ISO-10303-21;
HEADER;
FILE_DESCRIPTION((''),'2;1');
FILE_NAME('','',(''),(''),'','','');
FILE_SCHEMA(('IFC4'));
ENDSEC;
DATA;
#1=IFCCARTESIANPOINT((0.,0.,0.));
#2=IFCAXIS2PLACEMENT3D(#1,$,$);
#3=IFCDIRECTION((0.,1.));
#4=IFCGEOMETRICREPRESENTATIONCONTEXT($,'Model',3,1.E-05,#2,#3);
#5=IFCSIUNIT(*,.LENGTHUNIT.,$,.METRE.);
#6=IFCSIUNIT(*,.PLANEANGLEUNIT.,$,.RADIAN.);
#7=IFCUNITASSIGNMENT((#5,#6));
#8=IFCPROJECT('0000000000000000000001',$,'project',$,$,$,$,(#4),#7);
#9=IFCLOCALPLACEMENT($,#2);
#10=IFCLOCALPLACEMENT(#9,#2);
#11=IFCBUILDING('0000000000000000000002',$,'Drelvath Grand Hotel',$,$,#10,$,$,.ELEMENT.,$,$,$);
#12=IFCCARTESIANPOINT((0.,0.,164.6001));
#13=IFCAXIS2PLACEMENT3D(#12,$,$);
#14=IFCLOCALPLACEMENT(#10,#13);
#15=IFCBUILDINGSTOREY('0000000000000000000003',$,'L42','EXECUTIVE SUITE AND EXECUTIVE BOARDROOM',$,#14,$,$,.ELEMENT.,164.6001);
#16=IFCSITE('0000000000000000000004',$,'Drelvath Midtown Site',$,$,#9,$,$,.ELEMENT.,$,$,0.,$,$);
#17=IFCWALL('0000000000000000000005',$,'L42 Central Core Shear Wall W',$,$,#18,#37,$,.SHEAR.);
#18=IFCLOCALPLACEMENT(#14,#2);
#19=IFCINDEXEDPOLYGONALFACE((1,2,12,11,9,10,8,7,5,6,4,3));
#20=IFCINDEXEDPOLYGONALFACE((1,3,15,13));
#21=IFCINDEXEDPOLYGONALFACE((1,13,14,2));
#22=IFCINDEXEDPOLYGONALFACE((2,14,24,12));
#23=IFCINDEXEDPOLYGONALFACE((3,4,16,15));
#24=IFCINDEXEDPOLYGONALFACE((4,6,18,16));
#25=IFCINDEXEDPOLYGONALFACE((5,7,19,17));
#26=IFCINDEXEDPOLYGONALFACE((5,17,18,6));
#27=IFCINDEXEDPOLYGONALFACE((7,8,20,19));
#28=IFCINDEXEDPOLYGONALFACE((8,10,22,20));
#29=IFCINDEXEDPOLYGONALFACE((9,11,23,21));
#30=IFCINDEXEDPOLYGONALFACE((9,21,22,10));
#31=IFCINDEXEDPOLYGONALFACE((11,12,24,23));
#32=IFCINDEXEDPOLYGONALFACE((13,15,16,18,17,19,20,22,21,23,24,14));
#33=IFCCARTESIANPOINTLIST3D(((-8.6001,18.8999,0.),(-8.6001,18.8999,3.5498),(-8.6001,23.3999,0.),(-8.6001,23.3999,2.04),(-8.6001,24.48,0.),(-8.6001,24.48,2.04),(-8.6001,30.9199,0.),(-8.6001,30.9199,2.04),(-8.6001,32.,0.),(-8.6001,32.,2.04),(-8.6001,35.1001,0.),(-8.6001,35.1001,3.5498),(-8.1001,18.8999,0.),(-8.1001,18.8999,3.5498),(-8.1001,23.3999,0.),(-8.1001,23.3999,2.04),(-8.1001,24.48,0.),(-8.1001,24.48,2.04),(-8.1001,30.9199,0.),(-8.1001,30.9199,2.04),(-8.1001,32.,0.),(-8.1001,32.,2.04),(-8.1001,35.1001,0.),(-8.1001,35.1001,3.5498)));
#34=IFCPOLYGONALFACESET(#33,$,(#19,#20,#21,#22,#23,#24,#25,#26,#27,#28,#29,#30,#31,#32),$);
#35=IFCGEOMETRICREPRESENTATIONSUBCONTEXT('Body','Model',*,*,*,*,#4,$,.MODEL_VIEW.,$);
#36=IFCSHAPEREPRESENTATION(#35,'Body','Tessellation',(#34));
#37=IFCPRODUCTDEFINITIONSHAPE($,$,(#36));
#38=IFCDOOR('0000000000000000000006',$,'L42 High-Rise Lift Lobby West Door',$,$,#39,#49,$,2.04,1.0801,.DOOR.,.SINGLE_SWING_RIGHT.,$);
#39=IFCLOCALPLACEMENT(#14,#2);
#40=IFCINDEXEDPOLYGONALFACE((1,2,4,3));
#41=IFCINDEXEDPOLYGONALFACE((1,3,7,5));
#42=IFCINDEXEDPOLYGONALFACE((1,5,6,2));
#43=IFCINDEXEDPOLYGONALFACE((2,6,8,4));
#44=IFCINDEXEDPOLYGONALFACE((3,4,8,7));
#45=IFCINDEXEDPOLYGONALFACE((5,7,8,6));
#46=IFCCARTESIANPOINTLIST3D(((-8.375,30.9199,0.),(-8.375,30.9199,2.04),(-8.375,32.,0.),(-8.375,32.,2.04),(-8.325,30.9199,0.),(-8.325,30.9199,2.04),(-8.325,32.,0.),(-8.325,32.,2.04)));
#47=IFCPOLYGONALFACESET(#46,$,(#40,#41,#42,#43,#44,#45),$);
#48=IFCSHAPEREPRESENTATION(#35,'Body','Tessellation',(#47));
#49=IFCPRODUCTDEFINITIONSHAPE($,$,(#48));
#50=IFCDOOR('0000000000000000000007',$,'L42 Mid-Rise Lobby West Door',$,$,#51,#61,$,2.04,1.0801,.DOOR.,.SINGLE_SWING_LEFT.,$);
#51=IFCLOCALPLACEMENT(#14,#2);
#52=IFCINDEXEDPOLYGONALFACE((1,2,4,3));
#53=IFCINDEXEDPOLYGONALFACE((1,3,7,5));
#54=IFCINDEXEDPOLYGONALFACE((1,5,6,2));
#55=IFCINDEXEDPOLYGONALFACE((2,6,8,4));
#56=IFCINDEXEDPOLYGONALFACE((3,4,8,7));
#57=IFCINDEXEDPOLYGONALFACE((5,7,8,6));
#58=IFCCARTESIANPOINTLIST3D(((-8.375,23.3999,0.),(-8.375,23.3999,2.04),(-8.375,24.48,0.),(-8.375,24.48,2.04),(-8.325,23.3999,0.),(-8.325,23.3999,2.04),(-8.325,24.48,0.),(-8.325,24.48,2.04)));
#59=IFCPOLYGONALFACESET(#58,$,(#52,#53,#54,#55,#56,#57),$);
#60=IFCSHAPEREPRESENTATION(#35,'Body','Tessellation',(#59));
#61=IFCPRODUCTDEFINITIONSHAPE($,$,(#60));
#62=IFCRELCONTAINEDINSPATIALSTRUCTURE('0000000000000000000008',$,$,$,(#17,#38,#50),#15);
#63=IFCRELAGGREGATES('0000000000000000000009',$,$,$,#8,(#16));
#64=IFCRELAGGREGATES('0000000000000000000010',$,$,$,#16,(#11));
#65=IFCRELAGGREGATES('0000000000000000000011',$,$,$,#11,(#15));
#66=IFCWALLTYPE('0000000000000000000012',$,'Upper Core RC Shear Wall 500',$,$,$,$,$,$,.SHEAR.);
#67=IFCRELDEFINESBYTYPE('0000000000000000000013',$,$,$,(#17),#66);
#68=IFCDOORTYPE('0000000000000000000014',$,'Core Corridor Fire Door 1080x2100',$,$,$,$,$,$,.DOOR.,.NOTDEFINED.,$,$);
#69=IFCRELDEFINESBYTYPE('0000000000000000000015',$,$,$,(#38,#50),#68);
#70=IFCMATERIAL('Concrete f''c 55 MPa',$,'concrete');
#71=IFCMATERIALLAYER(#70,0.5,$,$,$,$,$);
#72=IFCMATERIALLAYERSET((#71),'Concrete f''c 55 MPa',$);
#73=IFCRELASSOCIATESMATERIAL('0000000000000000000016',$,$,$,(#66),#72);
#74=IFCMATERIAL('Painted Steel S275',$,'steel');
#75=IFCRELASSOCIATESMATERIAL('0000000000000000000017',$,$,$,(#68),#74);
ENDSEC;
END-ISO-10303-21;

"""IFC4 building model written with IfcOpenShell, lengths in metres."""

from ifc_helpers import new_model, si_unit, direction, frame, frame_2d, origin, place, context, subcontext, project, spatial, rectangle, extrude, material, layer, layer_set, type_object, element, fill, save


model = new_model("IFC4")

# Units and contexts
model_context = context("Model", 3, precision=1e-05, world=origin(), true_north=direction((0.0, 1.0)))
body_context = subcontext(model_context, "Body", "Model", "MODEL_VIEW")
ifc_project = project(units=[si_unit("LENGTHUNIT", "METRE"), si_unit("PLANEANGLEUNIT", "RADIAN")], contexts=[model_context])

# Site, building, storey
site_placement = place(None, origin())
site = spatial("IfcSite", under=ifc_project, at=site_placement, Name="Drelvath Midtown Site", CompositionType="ELEMENT", RefElevation=0.0)
building_placement = place(site_placement, origin())
building = spatial("IfcBuilding", under=site, at=building_placement, Name="Drelvath Grand Hotel", CompositionType="ELEMENT")
storey_placement = place(building_placement, frame((0.0, 0.0, 164.6001)))
storey = spatial("IfcBuildingStorey", under=building, at=storey_placement, Name="L42", Description="EXECUTIVE SUITE AND EXECUTIVE BOARDROOM", CompositionType="ELEMENT", Elevation=164.6001)

# Shared definitions
ifc_material_1 = material(Name="Concrete f'c 55 MPa", Category="concrete")

# Shared definitions
ifc_material_2 = material(Name="Painted Steel S275", Category="steel")

# Wall, openings, doors
ifc_layer_1 = layer(ifc_material_1, 0.5)
ifc_layer_set_1 = layer_set([ifc_layer_1], Name="Concrete f'c 55 MPa")
wall_type_1 = type_object("IfcWallType", Name="Upper Core RC Shear Wall 500", PredefinedType="SHEAR", material=ifc_layer_set_1)
wall_1_placement = place(storey_placement, frame((-8.3501, 18.8999, 0.0), z_axis=(0.0, 0.0, 1.0), x_axis=(0.0, 1.0, 0.0)))
wall_1 = element("IfcWall", 1, at=wall_1_placement, inside=storey, type_object=wall_type_1, Name="L42 Central Core Shear Wall W", PredefinedType="SHEAR", context=body_context, shape_type="SweptSolid", body=[
    extrude(rectangle(XDim=16.2002, YDim=0.5, at=frame_2d((8.1001, 0.0))), origin(), (0.0, 0.0, 1.0), 3.5498),
])
opening_1_placement = place(wall_1_placement, frame((12.02, 0.0, 0.0)))
opening_1 = element("IfcOpeningElement", 2, at=opening_1_placement, cuts=wall_1, PredefinedType="OPENING", context=body_context, shape_type="SweptSolid", body=[
    extrude(rectangle(XDim=1.0801, YDim=2.04, at=frame_2d((0.54, 1.02))), frame((0.0, 0.26, 0.0), z_axis=(0.0, -1.0, 0.0), x_axis=(1.0, 0.0, 0.0)), (0.0, 0.0, 1.0), 0.52),
])
opening_2_placement = place(wall_1_placement, frame((4.5, 0.0, 0.0)))
opening_2 = element("IfcOpeningElement", 3, at=opening_2_placement, cuts=wall_1, PredefinedType="OPENING", context=body_context, shape_type="SweptSolid", body=[
    extrude(rectangle(XDim=1.0801, YDim=2.04, at=frame_2d((0.54, 1.02))), frame((0.0, 0.26, 0.0), z_axis=(0.0, -1.0, 0.0), x_axis=(1.0, 0.0, 0.0)), (0.0, 0.0, 1.0), 0.52),
])
door_type_1 = type_object("IfcDoorType", Name="Core Corridor Fire Door 1080x2100", OperationType="NOTDEFINED", PredefinedType="DOOR", material=ifc_material_2)
door_1_placement = place(opening_1_placement, origin())
door_1 = element("IfcDoor", 4, at=door_1_placement, inside=storey, type_object=door_type_1, Name="L42 High-Rise Lift Lobby West Door", OperationType="SINGLE_SWING_RIGHT", OverallHeight=2.04, OverallWidth=1.0801, PredefinedType="DOOR", context=body_context, shape_type="SweptSolid", body=[
    extrude(rectangle(XDim=1.0801, YDim=2.04, at=frame_2d((0.54, 1.02))), frame((0.0, 0.0249, 0.0), z_axis=(0.0, -1.0, 0.0), x_axis=(1.0, 0.0, 0.0)), (0.0, 0.0, 1.0), 0.05),
])
fill(opening_1, door_1)
door_2_placement = place(opening_2_placement, origin())
door_2 = element("IfcDoor", 5, at=door_2_placement, inside=storey, type_object=door_type_1, Name="L42 Mid-Rise Lobby West Door", OperationType="SINGLE_SWING_LEFT", OverallHeight=2.04, OverallWidth=1.0801, PredefinedType="DOOR", context=body_context, shape_type="SweptSolid", body=[
    extrude(rectangle(XDim=1.0801, YDim=2.04, at=frame_2d((0.54, 1.02))), frame((0.0, 0.0249, 0.0), z_axis=(0.0, -1.0, 0.0), x_axis=(1.0, 0.0, 0.0)), (0.0, 0.0, 1.0), 0.05),
])
fill(opening_2, door_2)

save(model, "model.ifc")
